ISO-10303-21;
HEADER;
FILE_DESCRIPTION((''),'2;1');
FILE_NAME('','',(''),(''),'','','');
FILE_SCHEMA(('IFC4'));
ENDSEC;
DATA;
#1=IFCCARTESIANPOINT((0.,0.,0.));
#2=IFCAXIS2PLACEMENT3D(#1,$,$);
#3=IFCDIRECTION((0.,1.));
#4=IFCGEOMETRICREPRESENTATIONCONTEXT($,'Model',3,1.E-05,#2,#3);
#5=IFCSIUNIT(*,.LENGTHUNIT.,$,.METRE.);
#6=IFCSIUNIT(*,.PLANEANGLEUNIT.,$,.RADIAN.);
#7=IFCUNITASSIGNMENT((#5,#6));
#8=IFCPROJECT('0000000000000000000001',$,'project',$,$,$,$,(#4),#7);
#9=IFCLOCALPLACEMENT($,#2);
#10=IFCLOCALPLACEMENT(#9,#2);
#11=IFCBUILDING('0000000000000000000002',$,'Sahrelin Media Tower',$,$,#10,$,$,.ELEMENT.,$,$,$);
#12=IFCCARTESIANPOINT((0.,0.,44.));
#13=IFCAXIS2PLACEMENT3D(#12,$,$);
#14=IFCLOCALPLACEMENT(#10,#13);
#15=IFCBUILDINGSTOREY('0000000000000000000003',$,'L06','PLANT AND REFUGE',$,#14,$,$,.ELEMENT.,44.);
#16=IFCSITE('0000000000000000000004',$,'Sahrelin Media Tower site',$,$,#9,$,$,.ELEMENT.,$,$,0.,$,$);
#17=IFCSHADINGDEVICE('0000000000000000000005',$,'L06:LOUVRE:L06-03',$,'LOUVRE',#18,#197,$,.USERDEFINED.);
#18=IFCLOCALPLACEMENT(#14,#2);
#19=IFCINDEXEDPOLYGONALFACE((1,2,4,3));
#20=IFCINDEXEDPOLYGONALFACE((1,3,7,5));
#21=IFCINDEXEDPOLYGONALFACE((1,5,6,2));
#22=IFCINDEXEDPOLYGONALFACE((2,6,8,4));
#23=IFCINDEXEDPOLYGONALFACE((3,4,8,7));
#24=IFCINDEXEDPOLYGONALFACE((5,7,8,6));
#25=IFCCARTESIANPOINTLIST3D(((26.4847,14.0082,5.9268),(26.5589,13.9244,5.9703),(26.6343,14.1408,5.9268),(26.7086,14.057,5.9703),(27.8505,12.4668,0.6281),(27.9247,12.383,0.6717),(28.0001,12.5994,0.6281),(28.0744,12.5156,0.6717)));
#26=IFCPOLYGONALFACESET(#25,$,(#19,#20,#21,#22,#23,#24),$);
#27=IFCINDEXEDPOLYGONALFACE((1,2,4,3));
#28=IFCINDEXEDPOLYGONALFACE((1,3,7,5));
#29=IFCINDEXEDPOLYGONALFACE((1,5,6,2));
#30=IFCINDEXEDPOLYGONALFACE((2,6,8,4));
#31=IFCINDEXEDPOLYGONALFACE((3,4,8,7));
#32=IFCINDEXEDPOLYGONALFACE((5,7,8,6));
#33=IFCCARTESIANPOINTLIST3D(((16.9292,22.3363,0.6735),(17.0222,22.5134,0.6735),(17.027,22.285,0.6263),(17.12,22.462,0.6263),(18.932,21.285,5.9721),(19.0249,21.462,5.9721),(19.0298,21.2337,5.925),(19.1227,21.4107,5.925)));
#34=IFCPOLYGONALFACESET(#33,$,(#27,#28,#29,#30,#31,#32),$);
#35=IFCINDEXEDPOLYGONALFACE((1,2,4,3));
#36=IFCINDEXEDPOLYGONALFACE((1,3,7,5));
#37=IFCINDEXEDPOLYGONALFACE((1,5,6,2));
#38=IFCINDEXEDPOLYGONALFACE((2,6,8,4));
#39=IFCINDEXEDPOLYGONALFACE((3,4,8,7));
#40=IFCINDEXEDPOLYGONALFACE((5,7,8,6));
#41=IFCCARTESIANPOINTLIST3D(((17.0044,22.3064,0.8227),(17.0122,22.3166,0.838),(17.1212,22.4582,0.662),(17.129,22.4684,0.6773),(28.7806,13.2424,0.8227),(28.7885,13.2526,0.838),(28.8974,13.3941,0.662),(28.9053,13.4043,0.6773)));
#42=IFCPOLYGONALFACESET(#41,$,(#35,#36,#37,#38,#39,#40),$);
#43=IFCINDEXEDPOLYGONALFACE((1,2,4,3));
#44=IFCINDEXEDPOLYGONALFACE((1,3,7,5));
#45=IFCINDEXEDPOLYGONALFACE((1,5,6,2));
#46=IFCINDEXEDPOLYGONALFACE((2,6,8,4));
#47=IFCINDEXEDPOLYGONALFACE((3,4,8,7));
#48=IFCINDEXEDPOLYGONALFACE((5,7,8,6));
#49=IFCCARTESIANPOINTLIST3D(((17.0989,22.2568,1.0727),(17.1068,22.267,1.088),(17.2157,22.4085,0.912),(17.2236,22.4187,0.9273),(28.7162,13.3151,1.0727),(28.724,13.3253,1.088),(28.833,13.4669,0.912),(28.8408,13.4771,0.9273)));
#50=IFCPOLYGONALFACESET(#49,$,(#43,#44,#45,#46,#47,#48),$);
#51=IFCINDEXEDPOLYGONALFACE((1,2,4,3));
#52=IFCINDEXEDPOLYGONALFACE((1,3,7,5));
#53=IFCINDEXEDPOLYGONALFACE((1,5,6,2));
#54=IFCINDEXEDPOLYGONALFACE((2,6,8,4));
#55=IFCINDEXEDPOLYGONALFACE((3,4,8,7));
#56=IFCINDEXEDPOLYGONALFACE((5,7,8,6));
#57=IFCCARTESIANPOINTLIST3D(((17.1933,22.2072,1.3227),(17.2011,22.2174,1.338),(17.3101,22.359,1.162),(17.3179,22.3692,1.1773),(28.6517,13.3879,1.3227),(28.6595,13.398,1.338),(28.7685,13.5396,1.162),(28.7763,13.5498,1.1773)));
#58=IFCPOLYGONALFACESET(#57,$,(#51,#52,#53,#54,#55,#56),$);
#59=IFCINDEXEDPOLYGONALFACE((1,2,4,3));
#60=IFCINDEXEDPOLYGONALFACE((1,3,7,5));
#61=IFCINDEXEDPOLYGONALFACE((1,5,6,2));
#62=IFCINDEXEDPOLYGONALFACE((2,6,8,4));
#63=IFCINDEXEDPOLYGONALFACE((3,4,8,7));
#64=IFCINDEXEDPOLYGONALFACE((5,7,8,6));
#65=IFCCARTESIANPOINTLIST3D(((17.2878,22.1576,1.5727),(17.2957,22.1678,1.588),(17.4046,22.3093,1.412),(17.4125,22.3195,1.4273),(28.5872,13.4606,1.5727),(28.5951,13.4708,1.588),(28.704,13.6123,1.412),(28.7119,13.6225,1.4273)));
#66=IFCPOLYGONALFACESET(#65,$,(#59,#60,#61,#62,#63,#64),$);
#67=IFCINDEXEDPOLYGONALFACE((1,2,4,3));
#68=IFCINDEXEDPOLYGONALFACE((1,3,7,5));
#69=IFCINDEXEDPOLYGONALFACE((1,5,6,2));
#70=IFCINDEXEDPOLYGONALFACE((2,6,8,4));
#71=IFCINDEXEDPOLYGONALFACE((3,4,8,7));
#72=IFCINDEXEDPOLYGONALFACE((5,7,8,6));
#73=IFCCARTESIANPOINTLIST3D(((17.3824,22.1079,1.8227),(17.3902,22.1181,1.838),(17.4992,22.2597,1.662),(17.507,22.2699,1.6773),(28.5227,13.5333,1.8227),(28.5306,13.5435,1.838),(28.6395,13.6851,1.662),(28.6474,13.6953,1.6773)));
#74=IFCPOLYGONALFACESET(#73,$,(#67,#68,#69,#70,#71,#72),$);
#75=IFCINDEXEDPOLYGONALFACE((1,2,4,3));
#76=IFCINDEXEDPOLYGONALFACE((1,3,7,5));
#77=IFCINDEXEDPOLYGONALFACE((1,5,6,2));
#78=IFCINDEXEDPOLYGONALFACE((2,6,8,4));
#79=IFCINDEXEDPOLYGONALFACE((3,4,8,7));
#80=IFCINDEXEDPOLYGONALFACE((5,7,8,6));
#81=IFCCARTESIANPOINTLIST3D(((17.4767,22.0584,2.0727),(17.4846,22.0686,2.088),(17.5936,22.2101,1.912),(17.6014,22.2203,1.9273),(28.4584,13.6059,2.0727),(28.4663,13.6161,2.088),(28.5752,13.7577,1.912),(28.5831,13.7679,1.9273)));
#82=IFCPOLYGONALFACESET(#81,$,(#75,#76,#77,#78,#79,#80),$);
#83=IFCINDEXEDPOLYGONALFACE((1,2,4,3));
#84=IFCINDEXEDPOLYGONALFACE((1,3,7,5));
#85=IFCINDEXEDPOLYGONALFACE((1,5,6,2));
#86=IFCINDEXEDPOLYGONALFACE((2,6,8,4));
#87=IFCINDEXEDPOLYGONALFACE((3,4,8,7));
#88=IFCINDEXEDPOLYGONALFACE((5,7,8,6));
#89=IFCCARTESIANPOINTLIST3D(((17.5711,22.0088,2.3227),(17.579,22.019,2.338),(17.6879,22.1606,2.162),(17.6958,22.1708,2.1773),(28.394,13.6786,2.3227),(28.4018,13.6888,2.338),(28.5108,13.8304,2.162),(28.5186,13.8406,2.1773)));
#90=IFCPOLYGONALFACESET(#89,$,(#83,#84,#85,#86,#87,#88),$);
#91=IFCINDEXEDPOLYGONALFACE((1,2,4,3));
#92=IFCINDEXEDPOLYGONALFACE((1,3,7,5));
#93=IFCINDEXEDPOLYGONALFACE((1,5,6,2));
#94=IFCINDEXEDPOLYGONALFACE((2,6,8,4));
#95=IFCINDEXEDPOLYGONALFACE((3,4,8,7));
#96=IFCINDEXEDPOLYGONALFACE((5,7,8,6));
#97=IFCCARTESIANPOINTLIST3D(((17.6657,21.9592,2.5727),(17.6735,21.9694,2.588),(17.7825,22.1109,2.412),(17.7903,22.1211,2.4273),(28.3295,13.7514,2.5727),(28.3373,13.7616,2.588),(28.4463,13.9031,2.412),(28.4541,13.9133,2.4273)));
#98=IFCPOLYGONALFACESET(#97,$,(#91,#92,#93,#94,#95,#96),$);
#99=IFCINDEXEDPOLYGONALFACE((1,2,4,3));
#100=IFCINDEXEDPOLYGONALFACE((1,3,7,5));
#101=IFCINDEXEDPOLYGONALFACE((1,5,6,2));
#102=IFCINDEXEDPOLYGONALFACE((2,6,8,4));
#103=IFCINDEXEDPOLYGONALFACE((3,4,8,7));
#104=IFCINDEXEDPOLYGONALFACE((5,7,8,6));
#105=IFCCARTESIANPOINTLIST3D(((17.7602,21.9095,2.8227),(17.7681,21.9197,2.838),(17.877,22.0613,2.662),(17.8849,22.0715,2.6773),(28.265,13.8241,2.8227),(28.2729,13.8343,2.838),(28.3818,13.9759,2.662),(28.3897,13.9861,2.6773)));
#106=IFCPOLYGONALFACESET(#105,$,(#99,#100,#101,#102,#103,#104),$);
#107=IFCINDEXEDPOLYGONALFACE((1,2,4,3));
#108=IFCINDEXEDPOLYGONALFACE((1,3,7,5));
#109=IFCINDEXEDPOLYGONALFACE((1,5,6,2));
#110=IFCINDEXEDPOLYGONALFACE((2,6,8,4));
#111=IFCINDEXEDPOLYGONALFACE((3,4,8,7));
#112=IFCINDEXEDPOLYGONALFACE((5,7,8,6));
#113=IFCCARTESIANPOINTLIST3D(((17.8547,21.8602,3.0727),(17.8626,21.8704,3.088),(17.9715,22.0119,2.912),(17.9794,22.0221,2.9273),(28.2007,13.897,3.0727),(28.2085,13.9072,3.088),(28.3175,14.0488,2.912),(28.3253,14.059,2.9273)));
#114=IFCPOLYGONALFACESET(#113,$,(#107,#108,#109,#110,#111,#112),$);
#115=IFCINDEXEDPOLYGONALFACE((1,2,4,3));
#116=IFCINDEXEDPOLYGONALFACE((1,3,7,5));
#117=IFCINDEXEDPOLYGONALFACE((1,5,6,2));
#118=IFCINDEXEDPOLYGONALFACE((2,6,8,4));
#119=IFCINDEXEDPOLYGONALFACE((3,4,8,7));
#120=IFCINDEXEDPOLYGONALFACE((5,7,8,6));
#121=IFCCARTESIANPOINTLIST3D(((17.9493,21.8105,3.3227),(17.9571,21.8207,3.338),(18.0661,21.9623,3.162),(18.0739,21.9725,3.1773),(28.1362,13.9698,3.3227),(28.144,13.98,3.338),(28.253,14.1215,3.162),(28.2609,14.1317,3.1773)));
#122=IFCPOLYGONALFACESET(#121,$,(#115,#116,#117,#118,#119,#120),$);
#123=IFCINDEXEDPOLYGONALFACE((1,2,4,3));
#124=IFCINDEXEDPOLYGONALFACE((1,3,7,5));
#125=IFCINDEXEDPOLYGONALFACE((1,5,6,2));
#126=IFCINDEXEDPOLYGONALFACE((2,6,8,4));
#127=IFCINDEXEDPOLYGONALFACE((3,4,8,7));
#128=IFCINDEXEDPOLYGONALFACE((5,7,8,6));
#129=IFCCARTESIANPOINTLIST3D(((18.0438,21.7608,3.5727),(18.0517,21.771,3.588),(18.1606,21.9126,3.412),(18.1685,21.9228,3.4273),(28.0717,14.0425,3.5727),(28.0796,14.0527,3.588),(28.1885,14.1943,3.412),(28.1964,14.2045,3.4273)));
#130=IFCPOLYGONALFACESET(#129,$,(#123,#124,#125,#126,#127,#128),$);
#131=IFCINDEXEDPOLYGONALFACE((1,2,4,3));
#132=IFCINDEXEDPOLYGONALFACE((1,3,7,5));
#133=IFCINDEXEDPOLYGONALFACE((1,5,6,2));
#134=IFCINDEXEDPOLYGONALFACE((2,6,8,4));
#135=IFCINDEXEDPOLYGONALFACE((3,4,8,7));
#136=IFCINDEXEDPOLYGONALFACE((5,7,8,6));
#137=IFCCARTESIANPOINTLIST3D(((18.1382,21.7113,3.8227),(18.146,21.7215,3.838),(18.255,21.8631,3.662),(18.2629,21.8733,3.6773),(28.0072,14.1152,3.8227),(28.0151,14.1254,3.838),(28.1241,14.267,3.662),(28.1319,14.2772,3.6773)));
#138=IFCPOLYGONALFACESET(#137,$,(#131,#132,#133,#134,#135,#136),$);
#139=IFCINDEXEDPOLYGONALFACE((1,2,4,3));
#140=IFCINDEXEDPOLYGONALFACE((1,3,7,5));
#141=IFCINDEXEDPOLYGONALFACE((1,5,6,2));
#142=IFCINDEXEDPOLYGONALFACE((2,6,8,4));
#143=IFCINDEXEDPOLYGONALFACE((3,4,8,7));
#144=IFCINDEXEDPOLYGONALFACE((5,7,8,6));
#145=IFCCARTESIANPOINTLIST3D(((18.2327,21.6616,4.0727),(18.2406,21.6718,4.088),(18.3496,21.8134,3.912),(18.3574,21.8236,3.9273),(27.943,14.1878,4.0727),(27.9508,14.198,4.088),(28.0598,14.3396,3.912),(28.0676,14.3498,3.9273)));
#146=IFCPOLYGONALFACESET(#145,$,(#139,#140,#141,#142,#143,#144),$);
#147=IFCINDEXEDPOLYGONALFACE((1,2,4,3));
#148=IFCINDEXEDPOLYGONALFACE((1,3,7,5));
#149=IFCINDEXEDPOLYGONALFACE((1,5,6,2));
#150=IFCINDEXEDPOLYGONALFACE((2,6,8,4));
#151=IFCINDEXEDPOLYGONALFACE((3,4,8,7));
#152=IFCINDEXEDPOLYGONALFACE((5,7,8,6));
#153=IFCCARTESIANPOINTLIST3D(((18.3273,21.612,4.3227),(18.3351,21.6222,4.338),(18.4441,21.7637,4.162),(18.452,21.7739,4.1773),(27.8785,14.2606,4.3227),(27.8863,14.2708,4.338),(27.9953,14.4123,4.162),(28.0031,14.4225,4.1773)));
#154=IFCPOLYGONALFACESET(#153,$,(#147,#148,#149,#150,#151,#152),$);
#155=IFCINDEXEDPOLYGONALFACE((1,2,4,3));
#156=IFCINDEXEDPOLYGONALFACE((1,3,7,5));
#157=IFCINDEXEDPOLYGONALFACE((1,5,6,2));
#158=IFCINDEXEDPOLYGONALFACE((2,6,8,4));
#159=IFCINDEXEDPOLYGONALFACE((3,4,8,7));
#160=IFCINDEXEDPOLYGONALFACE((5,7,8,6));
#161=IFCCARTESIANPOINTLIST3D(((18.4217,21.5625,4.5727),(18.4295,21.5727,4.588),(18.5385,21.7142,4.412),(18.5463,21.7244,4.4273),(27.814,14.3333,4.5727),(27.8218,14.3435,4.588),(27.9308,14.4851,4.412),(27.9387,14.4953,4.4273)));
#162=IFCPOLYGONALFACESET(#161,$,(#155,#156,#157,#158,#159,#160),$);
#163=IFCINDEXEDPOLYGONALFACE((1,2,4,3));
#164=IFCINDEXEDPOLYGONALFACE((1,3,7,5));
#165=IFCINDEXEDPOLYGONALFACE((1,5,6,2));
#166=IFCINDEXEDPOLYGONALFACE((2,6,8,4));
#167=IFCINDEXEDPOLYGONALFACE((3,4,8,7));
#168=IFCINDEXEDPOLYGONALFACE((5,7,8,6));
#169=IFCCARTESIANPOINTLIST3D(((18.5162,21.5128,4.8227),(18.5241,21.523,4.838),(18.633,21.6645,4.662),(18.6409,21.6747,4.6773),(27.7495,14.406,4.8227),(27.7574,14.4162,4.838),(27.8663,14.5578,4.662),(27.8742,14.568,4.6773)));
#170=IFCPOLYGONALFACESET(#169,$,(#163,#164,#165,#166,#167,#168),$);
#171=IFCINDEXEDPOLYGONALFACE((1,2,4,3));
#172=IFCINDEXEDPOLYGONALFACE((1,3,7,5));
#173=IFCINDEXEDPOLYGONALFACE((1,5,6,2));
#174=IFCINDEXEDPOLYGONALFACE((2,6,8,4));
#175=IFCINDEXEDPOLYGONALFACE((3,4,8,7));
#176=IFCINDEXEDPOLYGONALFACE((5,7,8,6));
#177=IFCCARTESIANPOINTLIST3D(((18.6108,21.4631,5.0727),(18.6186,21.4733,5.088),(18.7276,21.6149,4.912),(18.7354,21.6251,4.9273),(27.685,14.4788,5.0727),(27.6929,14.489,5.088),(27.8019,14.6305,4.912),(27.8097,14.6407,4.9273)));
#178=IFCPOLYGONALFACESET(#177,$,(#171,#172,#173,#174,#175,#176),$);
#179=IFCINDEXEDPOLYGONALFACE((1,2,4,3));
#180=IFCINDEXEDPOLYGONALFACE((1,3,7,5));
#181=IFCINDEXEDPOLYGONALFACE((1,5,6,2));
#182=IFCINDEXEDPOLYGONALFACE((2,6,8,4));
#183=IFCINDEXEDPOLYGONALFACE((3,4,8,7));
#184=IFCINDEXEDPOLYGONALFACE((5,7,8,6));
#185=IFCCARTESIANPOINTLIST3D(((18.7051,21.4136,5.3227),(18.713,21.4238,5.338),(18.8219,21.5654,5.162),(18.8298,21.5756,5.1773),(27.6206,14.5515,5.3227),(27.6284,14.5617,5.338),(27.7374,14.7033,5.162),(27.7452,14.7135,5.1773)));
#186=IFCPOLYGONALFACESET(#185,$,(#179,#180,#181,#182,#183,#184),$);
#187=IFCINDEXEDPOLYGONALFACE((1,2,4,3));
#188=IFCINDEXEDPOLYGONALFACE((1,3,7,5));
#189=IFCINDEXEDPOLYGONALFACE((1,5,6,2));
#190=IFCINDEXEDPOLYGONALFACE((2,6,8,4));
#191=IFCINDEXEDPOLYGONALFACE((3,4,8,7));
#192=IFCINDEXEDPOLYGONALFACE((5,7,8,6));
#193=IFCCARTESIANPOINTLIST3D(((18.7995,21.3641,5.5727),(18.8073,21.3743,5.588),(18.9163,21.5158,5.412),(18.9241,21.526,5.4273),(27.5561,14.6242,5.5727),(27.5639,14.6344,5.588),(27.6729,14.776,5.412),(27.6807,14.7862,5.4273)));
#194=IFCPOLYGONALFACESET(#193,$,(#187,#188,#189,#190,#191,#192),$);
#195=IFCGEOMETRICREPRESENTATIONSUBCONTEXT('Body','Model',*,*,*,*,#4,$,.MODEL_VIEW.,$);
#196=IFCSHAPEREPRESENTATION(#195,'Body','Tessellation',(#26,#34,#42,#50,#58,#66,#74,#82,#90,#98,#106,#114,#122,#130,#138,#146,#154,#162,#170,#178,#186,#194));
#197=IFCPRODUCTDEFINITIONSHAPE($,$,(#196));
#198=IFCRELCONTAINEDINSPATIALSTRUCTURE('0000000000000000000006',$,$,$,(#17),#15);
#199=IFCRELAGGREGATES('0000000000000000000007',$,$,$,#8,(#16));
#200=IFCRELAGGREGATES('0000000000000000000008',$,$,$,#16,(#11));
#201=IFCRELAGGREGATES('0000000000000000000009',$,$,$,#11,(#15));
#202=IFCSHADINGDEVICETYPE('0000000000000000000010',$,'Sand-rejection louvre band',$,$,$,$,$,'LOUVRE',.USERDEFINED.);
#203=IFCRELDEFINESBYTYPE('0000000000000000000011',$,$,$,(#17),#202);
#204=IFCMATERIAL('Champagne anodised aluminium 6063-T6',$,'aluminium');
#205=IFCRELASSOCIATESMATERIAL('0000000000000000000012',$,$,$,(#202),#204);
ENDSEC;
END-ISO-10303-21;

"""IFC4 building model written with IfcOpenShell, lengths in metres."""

from ifc_helpers import new_model, si_unit, direction, frame, origin, origin_2d, place, context, subcontext, project, spatial, rectangle, extrude, material, type_object, element, save


model = new_model("IFC4")

# Units and contexts
model_context = context("Model", 3, precision=1e-05, world=origin(), true_north=direction((0.0, 1.0)))
body_context = subcontext(model_context, "Body", "Model", "MODEL_VIEW")
ifc_project = project(units=[si_unit("LENGTHUNIT", "METRE"), si_unit("PLANEANGLEUNIT", "RADIAN")], contexts=[model_context])

# Site, building, storey
site_placement = place(None, origin())
site = spatial("IfcSite", under=ifc_project, at=site_placement, Name="Sahrelin Media Tower site", CompositionType="ELEMENT", RefElevation=0.0)
building_placement = place(site_placement, origin())
building = spatial("IfcBuilding", under=site, at=building_placement, Name="Sahrelin Media Tower", CompositionType="ELEMENT")
storey_placement = place(building_placement, frame((0.0, 0.0, 44.0)))
storey = spatial("IfcBuildingStorey", under=building, at=storey_placement, Name="L06", Description="PLANT AND REFUGE", CompositionType="ELEMENT", Elevation=44.0)

# Shading device
ifc_material_1 = material(Name="Champagne anodised aluminium 6063-T6", Category="aluminium")
shading_device_type = type_object("IfcShadingDeviceType", Name="Sand-rejection louvre band", ElementType="LOUVRE", PredefinedType="USERDEFINED", material=ifc_material_1)
shading_device_1_placement = place(storey_placement, frame((22.5945, 17.3062, 0.0), z_axis=(0.0, 0.0, 1.0), x_axis=(0.792449, -0.609938, 0.0)))
element("IfcShadingDevice", 1, at=shading_device_1_placement, inside=storey, type_object=shading_device_type, Name="L06:LOUVRE:L06-03", ObjectType="LOUVRE", PredefinedType="USERDEFINED", context=body_context, shape_type="SweptSolid", body=[
    extrude(rectangle(XDim=0.2, YDim=0.1201, at=origin_2d()), frame((7.1907, -0.5415, 0.6499), z_axis=(-0.35577, 0.068328, 0.932072), x_axis=(-0.18861, -0.982052, 0.0)), (0.0, 0.0, 1.0), 5.6848),
    extrude(rectangle(XDim=0.2, YDim=0.1201, at=origin_2d()), frame((-7.5203, 0.6387, 0.6499), z_axis=(0.386774, 0.067422, 0.919706), x_axis=(-0.171728, 0.985144, 0.0)), (0.0, 0.0, 1.0), 5.7612),
    extrude(rectangle(XDim=0.25, YDim=0.02, at=origin_2d()), frame((7.3809, 0.655, 0.75), z_axis=(-1.0, 0.0, 0.0), x_axis=(0.0, -0.766044, 0.642788)), (0.0, 0.0, 1.0), 14.8606),
    extrude(rectangle(XDim=0.25, YDim=0.02, at=origin_2d()), frame((7.2854, 0.6733, 1.0), z_axis=(-1.0, 0.0, 0.0), x_axis=(0.0, -0.766044, 0.642788)), (0.0, 0.0, 1.0), 14.6599),
    extrude(rectangle(XDim=0.25, YDim=0.02, at=origin_2d()), frame((7.1899, 0.6917, 1.25), z_axis=(-1.0, 0.0, 0.0), x_axis=(0.0, -0.766044, 0.642788)), (0.0, 0.0, 1.0), 14.4595),
    extrude(rectangle(XDim=0.25, YDim=0.02, at=origin_2d()), frame((7.0945, 0.71, 1.5), z_axis=(-1.0, 0.0, 0.0), x_axis=(0.0, -0.766044, 0.642788)), (0.0, 0.0, 1.0), 14.2588),
    extrude(rectangle(XDim=0.25, YDim=0.02, at=origin_2d()), frame((6.999, 0.7283, 1.75), z_axis=(-1.0, 0.0, 0.0), x_axis=(0.0, -0.766044, 0.642788)), (0.0, 0.0, 1.0), 14.0581),
    extrude(rectangle(XDim=0.25, YDim=0.02, at=origin_2d()), frame((6.9038, 0.7466, 2.0), z_axis=(-1.0, 0.0, 0.0), x_axis=(0.0, -0.766044, 0.642788)), (0.0, 0.0, 1.0), 13.8579),
    extrude(rectangle(XDim=0.25, YDim=0.02, at=origin_2d()), frame((6.8083, 0.7649, 2.25), z_axis=(-1.0, 0.0, 0.0), x_axis=(0.0, -0.766044, 0.642788)), (0.0, 0.0, 1.0), 13.6575),
    extrude(rectangle(XDim=0.25, YDim=0.02, at=origin_2d()), frame((6.7129, 0.7832, 2.5), z_axis=(-1.0, 0.0, 0.0), x_axis=(0.0, -0.766044, 0.642788)), (0.0, 0.0, 1.0), 13.4568),
    extrude(rectangle(XDim=0.25, YDim=0.02, at=origin_2d()), frame((6.6174, 0.8015, 2.75), z_axis=(-1.0, 0.0, 0.0), x_axis=(0.0, -0.766044, 0.642788)), (0.0, 0.0, 1.0), 13.2561),
    extrude(rectangle(XDim=0.25, YDim=0.02, at=origin_2d()), frame((6.522, 0.8201, 3.0), z_axis=(-1.0, 0.0, 0.0), x_axis=(0.0, -0.766044, 0.642788)), (0.0, 0.0, 1.0), 13.0557),
    extrude(rectangle(XDim=0.25, YDim=0.02, at=origin_2d()), frame((6.4265, 0.8384, 3.25), z_axis=(-1.0, 0.0, 0.0), x_axis=(0.0, -0.766044, 0.642788)), (0.0, 0.0, 1.0), 12.855),
    extrude(rectangle(XDim=0.25, YDim=0.02, at=origin_2d()), frame((6.3311, 0.8567, 3.5), z_axis=(-1.0, 0.0, 0.0), x_axis=(0.0, -0.766044, 0.642788)), (0.0, 0.0, 1.0), 12.6543),
    extrude(rectangle(XDim=0.25, YDim=0.02, at=origin_2d()), frame((6.2356, 0.875, 3.75), z_axis=(-1.0, 0.0, 0.0), x_axis=(0.0, -0.766044, 0.642788)), (0.0, 0.0, 1.0), 12.4539),
    extrude(rectangle(XDim=0.25, YDim=0.02, at=origin_2d()), frame((6.1404, 0.8933, 4.0), z_axis=(-1.0, 0.0, 0.0), x_axis=(0.0, -0.766044, 0.642788)), (0.0, 0.0, 1.0), 12.2534),
    extrude(rectangle(XDim=0.25, YDim=0.02, at=origin_2d()), frame((6.0449, 0.9116, 4.25), z_axis=(-1.0, 0.0, 0.0), x_axis=(0.0, -0.766044, 0.642788)), (0.0, 0.0, 1.0), 12.0527),
    extrude(rectangle(XDim=0.25, YDim=0.02, at=origin_2d()), frame((5.9495, 0.9299, 4.5), z_axis=(-1.0, 0.0, 0.0), x_axis=(0.0, -0.766044, 0.642788)), (0.0, 0.0, 1.0), 11.8523),
    extrude(rectangle(XDim=0.25, YDim=0.02, at=origin_2d()), frame((5.854, 0.9482, 4.75), z_axis=(-1.0, 0.0, 0.0), x_axis=(0.0, -0.766044, 0.642788)), (0.0, 0.0, 1.0), 11.6516),
    extrude(rectangle(XDim=0.25, YDim=0.02, at=origin_2d()), frame((5.7585, 0.9666, 5.0), z_axis=(-1.0, 0.0, 0.0), x_axis=(0.0, -0.766044, 0.642788)), (0.0, 0.0, 1.0), 11.4509),
    extrude(rectangle(XDim=0.25, YDim=0.02, at=origin_2d()), frame((5.6631, 0.9849, 5.25), z_axis=(-1.0, 0.0, 0.0), x_axis=(0.0, -0.766044, 0.642788)), (0.0, 0.0, 1.0), 11.2505),
    extrude(rectangle(XDim=0.25, YDim=0.02, at=origin_2d()), frame((5.5676, 1.0032, 5.5), z_axis=(-1.0, 0.0, 0.0), x_axis=(0.0, -0.766044, 0.642788)), (0.0, 0.0, 1.0), 11.05),
])

save(model, "model.ifc")
